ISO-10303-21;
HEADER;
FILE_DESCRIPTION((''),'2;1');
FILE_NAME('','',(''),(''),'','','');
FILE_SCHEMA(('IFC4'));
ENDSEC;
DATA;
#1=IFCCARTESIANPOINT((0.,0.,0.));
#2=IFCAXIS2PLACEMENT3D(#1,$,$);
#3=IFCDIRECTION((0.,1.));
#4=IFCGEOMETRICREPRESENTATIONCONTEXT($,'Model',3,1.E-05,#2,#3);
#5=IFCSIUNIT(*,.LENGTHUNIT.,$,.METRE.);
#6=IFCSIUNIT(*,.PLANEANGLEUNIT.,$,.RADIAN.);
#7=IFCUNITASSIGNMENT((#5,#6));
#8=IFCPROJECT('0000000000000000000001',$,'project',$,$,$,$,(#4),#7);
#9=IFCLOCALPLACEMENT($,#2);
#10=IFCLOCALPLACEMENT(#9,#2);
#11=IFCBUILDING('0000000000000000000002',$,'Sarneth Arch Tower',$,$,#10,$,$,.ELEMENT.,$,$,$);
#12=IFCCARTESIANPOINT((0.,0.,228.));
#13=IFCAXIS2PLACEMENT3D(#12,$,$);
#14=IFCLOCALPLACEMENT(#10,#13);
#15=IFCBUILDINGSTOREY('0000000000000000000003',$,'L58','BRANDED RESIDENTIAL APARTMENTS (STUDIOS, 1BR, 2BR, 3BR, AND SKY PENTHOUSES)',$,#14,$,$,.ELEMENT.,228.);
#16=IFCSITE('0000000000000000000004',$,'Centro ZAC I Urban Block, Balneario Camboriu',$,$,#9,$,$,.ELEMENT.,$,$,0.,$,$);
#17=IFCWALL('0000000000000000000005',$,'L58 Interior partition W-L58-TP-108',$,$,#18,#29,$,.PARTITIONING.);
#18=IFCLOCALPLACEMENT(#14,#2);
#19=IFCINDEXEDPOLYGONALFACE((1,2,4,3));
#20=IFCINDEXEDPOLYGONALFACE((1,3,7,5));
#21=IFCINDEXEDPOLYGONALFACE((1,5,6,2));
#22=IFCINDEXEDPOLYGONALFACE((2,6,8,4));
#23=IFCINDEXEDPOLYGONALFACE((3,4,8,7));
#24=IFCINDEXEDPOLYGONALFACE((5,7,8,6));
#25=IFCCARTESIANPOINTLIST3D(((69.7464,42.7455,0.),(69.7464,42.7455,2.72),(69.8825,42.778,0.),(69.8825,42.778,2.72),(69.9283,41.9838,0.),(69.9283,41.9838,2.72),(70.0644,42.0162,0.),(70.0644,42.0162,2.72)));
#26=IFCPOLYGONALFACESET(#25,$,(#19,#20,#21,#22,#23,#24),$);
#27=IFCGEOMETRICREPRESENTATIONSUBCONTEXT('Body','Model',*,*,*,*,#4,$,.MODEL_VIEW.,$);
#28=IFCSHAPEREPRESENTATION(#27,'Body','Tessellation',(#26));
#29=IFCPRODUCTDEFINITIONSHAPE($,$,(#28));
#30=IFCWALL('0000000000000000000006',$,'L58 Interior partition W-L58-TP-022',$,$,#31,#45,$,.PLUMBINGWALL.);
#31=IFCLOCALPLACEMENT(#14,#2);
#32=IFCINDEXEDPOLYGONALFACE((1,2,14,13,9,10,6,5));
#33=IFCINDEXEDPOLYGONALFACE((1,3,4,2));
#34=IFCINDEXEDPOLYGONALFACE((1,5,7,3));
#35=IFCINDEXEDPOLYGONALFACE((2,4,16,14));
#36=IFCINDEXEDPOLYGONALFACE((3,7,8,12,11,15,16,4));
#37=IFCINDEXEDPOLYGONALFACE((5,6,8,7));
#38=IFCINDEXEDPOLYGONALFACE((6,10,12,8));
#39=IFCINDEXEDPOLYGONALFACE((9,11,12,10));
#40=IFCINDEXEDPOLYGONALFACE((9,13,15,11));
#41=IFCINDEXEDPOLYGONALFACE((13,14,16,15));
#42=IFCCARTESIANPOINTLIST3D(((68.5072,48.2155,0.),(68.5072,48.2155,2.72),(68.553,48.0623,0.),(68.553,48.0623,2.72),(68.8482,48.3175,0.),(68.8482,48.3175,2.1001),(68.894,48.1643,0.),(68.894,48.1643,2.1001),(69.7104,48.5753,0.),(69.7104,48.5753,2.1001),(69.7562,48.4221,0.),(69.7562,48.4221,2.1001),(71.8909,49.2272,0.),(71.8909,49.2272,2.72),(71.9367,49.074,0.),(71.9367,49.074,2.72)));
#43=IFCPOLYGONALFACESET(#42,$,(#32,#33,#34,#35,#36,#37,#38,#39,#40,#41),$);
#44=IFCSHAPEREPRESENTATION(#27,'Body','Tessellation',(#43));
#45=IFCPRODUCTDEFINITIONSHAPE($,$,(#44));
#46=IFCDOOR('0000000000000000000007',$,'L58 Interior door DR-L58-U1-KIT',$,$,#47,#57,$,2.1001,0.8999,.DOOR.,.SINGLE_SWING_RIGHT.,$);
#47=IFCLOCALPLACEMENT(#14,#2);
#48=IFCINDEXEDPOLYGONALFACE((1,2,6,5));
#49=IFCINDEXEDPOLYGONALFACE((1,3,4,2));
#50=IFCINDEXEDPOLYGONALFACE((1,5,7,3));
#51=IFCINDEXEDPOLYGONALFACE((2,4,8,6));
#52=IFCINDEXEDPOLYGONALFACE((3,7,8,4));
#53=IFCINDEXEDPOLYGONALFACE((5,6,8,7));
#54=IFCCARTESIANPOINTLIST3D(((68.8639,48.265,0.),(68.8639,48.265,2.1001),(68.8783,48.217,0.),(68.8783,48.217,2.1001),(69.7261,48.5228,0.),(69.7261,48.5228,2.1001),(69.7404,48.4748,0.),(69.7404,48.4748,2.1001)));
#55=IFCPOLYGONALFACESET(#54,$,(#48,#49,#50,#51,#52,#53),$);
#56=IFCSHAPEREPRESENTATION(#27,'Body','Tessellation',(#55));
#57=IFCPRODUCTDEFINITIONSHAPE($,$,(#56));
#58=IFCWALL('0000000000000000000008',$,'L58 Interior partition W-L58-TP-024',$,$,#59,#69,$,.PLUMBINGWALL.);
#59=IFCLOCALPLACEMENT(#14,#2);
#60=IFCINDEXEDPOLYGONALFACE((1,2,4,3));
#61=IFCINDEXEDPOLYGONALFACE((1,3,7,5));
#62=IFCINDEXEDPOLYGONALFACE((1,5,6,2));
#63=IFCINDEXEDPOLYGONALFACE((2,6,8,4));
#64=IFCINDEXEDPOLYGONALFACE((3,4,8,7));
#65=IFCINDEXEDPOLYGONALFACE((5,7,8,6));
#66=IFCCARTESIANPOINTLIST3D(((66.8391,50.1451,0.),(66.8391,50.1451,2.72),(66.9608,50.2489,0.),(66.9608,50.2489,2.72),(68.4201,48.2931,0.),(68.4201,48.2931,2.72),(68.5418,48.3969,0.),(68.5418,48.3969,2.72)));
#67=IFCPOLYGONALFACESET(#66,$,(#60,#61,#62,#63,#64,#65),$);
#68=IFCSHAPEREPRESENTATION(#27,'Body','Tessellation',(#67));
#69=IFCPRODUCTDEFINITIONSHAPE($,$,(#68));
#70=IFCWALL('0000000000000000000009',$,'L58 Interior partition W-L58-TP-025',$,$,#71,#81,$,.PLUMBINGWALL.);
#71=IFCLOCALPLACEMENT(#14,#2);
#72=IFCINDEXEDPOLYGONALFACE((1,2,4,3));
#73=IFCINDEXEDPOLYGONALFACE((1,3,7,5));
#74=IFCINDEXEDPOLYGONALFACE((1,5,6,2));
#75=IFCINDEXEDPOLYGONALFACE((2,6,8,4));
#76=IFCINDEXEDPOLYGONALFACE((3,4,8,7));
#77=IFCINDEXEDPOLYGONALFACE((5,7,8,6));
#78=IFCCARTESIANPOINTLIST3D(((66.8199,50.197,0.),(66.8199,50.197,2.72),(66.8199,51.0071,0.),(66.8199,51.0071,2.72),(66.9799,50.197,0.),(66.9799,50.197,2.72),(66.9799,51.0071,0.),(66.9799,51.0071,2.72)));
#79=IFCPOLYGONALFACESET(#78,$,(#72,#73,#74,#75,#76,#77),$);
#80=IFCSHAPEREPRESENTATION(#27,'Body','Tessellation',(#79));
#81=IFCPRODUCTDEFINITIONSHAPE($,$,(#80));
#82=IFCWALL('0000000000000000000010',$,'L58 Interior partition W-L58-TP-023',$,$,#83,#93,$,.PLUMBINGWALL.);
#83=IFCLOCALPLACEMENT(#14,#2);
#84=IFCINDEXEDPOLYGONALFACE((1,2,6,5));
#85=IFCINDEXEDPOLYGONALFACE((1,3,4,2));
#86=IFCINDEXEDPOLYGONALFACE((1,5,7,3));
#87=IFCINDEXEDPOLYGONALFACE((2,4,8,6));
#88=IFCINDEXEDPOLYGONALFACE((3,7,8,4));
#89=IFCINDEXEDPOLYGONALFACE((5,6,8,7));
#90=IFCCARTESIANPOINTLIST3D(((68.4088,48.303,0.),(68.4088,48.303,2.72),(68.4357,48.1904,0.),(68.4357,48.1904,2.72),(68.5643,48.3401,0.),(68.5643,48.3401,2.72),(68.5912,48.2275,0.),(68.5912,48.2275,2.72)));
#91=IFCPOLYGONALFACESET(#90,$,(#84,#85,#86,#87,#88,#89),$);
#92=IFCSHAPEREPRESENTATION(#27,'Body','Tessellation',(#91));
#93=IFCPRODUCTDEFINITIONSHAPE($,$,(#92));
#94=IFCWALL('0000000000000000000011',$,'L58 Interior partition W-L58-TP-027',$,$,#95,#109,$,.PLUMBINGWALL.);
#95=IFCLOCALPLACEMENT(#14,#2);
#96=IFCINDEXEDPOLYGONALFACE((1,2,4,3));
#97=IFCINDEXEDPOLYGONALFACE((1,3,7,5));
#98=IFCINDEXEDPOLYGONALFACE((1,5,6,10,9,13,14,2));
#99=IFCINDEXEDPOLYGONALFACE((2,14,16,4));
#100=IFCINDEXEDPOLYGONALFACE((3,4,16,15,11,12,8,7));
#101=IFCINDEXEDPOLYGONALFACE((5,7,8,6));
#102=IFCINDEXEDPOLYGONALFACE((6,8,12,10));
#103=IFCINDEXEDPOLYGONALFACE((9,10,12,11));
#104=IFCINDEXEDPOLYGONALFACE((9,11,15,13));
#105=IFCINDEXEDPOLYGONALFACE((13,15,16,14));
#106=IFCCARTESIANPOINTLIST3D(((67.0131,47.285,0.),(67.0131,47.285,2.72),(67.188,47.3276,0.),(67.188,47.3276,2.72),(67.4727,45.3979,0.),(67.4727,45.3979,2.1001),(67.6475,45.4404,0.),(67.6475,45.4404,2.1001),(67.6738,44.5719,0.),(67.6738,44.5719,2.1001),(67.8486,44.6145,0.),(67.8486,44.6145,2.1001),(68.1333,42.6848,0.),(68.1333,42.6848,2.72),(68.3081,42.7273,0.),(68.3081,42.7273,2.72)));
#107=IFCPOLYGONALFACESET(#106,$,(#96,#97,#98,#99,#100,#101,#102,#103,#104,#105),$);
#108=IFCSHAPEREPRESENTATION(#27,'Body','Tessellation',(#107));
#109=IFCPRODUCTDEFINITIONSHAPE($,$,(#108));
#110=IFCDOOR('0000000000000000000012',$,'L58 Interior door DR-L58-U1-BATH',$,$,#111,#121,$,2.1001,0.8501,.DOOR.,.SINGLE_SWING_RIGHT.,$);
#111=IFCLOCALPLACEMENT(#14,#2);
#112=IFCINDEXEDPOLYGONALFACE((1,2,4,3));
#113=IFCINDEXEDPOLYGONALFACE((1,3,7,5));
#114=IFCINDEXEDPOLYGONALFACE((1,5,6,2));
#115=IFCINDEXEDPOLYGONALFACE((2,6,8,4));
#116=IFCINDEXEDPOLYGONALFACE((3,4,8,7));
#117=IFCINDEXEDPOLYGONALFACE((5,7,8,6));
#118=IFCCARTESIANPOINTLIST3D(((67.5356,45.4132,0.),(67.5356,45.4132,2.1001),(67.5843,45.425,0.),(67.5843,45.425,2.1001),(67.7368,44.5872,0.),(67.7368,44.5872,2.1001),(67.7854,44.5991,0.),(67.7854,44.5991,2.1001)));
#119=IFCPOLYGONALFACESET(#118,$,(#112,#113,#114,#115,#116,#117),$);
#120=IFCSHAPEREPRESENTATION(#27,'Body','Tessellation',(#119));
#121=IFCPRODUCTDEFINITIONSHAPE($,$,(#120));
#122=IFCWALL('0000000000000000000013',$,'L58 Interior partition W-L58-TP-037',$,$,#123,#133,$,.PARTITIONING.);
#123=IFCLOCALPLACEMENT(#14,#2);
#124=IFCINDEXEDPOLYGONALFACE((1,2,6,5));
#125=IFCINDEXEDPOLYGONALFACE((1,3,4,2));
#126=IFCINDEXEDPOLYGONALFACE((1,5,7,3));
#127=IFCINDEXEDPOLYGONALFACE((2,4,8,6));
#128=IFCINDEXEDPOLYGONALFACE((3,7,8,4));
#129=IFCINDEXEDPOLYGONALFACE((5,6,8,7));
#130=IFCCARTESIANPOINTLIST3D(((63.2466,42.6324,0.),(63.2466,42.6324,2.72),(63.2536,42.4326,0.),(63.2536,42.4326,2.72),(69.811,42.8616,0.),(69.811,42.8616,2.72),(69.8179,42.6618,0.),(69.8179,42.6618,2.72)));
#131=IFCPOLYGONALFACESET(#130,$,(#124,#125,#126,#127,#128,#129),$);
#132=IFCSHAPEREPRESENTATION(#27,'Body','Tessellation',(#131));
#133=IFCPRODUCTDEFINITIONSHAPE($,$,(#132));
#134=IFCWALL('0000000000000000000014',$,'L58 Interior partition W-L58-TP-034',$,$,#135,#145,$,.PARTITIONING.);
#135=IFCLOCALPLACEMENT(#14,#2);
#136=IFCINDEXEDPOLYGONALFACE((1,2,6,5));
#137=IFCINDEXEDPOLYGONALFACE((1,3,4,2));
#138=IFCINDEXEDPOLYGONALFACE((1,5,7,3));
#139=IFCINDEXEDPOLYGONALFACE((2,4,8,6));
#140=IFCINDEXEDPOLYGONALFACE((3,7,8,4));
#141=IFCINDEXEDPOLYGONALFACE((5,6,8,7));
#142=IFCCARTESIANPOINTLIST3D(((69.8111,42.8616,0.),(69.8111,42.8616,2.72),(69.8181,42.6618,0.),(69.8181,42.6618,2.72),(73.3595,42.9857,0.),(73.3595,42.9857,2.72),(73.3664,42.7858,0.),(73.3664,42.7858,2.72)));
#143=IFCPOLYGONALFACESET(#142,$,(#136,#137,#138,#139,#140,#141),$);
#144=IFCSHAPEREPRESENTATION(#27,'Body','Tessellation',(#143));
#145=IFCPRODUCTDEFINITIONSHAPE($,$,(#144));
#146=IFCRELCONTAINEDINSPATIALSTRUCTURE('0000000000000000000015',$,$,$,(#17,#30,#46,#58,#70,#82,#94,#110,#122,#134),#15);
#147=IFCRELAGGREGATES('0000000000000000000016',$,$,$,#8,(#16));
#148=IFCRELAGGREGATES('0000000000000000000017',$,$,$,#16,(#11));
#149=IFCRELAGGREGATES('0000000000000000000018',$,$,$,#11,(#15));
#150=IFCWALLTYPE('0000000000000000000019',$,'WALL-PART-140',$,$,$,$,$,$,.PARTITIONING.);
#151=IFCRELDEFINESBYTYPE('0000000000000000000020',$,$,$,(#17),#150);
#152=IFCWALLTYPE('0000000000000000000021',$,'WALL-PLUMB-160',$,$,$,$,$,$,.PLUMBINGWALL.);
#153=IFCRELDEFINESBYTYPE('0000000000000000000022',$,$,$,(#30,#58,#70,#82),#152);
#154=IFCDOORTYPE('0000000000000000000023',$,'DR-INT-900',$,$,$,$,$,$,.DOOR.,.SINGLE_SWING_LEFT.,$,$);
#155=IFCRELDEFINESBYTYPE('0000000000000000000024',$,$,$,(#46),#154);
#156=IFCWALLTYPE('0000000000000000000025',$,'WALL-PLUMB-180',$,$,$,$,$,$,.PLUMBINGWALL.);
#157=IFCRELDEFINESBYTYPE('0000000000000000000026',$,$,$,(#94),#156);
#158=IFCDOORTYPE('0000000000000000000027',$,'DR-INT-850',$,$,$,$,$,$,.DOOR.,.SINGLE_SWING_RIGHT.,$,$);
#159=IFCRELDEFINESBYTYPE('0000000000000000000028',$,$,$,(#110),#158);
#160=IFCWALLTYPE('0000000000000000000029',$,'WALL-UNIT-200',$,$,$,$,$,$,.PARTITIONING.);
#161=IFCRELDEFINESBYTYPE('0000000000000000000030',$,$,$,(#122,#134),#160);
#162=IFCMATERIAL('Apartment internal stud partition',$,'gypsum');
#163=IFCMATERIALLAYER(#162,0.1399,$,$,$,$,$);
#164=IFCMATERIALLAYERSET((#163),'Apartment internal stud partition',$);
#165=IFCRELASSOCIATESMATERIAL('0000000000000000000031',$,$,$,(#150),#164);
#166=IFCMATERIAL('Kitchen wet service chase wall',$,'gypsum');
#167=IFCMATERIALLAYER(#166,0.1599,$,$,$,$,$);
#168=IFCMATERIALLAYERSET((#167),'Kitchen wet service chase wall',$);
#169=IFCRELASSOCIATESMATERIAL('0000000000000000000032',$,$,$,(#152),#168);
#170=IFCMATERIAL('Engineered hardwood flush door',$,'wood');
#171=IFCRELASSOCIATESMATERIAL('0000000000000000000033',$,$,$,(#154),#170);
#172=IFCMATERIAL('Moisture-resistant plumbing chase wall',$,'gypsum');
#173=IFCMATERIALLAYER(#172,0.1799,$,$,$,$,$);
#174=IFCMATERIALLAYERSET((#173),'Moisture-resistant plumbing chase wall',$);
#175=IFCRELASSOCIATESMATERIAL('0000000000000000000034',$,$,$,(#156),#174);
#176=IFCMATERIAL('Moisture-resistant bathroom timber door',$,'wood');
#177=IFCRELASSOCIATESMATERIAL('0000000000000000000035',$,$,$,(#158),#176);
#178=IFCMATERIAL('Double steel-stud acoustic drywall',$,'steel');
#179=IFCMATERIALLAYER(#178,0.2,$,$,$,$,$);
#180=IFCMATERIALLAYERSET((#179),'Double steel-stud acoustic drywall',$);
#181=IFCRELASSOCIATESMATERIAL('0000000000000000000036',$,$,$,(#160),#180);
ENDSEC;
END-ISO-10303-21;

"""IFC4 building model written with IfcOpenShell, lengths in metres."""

from ifc_helpers import new_model, si_unit, direction, frame, frame_2d, origin, place, context, subcontext, project, spatial, rectangle, extrude, material, layer, layer_set, type_object, element, fill, save


model = new_model("IFC4")

# Units and contexts
model_context = context("Model", 3, precision=1e-05, world=origin(), true_north=direction((0.0, 1.0)))
body_context = subcontext(model_context, "Body", "Model", "MODEL_VIEW")
ifc_project = project(units=[si_unit("LENGTHUNIT", "METRE"), si_unit("PLANEANGLEUNIT", "RADIAN")], contexts=[model_context])

# Site, building, storey
site_placement = place(None, origin())
site = spatial("IfcSite", under=ifc_project, at=site_placement, Name="Centro ZAC I Urban Block, Balneario Camboriu", CompositionType="ELEMENT", RefElevation=0.0)
building_placement = place(site_placement, origin())
building = spatial("IfcBuilding", under=site, at=building_placement, Name="Sarneth Arch Tower", CompositionType="ELEMENT")
storey_placement = place(building_placement, frame((0.0, 0.0, 228.0)))
storey = spatial("IfcBuildingStorey", under=building, at=storey_placement, Name="L58", Description="BRANDED RESIDENTIAL APARTMENTS (STUDIOS, 1BR, 2BR, 3BR, AND SKY PENTHOUSES)", CompositionType="ELEMENT", Elevation=228.0)

# Wall
ifc_material_1 = material(Name="Apartment internal stud partition", Category="gypsum")
ifc_layer_1 = layer(ifc_material_1, 0.1399)
ifc_layer_set_1 = layer_set([ifc_layer_1], Name="Apartment internal stud partition")
wall_type_1 = type_object("IfcWallType", Name="WALL-PART-140", PredefinedType="PARTITIONING", material=ifc_layer_set_1)
wall_1_placement = place(storey_placement, frame((69.9963, 42.0, 0.0), z_axis=(0.0, 0.0, 1.0), x_axis=(-0.232253, 0.972655, 0.0)))
element("IfcWall", 1, at=wall_1_placement, inside=storey, type_object=wall_type_1, Name="L58 Interior partition W-L58-TP-108", PredefinedType="PARTITIONING", context=body_context, shape_type="SweptSolid", body=[
    extrude(rectangle(XDim=0.7832, YDim=0.1399, at=frame_2d((0.3916, 0.0))), origin(), (0.0, 0.0, 1.0), 2.72),
])

# Wall, opening, door
ifc_material_2 = material(Name="Kitchen wet service chase wall", Category="gypsum")
ifc_layer_2 = layer(ifc_material_2, 0.1599)
ifc_layer_set_2 = layer_set([ifc_layer_2], Name="Kitchen wet service chase wall")
wall_type_2 = type_object("IfcWallType", Name="WALL-PLUMB-160", PredefinedType="PLUMBINGWALL", material=ifc_layer_set_2)
wall_2_placement = place(storey_placement, frame((71.9138, 49.1506, 0.0), z_axis=(0.0, 0.0, 1.0), x_axis=(-0.958092, -0.28646, 0.0)))
wall_2 = element("IfcWall", 2, at=wall_2_placement, inside=storey, type_object=wall_type_2, Name="L58 Interior partition W-L58-TP-022", PredefinedType="PLUMBINGWALL", context=body_context, shape_type="SweptSolid", body=[
    extrude(rectangle(XDim=3.5317, YDim=0.1599, at=frame_2d((1.7659, 0.0))), origin(), (0.0, 0.0, 1.0), 2.72),
])
opening_1_placement = place(wall_2_placement, frame((2.2759, 0.0, 0.0)))
opening_1 = element("IfcOpeningElement", 3, at=opening_1_placement, cuts=wall_2, PredefinedType="OPENING", context=body_context, shape_type="SweptSolid", body=[
    extrude(rectangle(XDim=0.8999, YDim=2.1001, at=frame_2d((0.45, 1.05))), frame((0.0, 0.0898, 0.0), z_axis=(0.0, -1.0, 0.0), x_axis=(1.0, 0.0, 0.0)), (0.0, 0.0, 1.0), 0.1799),
])
ifc_material_3 = material(Name="Engineered hardwood flush door", Category="wood")
door_type_1 = type_object("IfcDoorType", Name="DR-INT-900", OperationType="SINGLE_SWING_LEFT", PredefinedType="DOOR", material=ifc_material_3)
door_1_placement = place(opening_1_placement, origin())
door_1 = element("IfcDoor", 4, at=door_1_placement, inside=storey, type_object=door_type_1, Name="L58 Interior door DR-L58-U1-KIT", OperationType="SINGLE_SWING_RIGHT", OverallHeight=2.1001, OverallWidth=0.8999, PredefinedType="DOOR", context=body_context, shape_type="SweptSolid", body=[
    extrude(rectangle(XDim=0.8999, YDim=2.1001, at=frame_2d((0.45, 1.05))), frame((0.0, 0.0249, 0.0), z_axis=(0.0, -1.0, 0.0), x_axis=(1.0, 0.0, 0.0)), (0.0, 0.0, 1.0), 0.05),
])
fill(opening_1, door_1)

# Walls
wall_3_placement = place(storey_placement, frame((68.481, 48.345, 0.0), z_axis=(0.0, 0.0, 1.0), x_axis=(-0.649271, 0.760557, 0.0)))
element("IfcWall", 5, at=wall_3_placement, inside=storey, type_object=wall_type_2, Name="L58 Interior partition W-L58-TP-024", PredefinedType="PLUMBINGWALL", context=body_context, shape_type="SweptSolid", body=[
    extrude(rectangle(XDim=2.4351, YDim=0.1599, at=frame_2d((1.2175, 0.0))), origin(), (0.0, 0.0, 1.0), 2.72),
])
wall_4_placement = place(storey_placement, frame((66.8999, 50.197, 0.0), z_axis=(0.0, 0.0, 1.0), x_axis=(0.0, 1.0, 0.0)))
element("IfcWall", 6, at=wall_4_placement, inside=storey, type_object=wall_type_2, Name="L58 Interior partition W-L58-TP-025", PredefinedType="PLUMBINGWALL", context=body_context, shape_type="SweptSolid", body=[
    extrude(rectangle(XDim=0.8101, YDim=0.1599, at=frame_2d((0.405, 0.0))), origin(), (0.0, 0.0, 1.0), 2.72),
])
wall_5_placement = place(storey_placement, frame((68.5134, 48.209, 0.0), z_axis=(0.0, 0.0, 1.0), x_axis=(-0.232096, 0.972693, 0.0)))
element("IfcWall", 7, at=wall_5_placement, inside=storey, type_object=wall_type_2, Name="L58 Interior partition W-L58-TP-023", PredefinedType="PLUMBINGWALL", context=body_context, shape_type="SweptSolid", body=[
    extrude(rectangle(XDim=0.1157, YDim=0.1599, at=frame_2d((0.0579, 0.0))), origin(), (0.0, 0.0, 1.0), 2.72),
])

# Wall, opening, door
ifc_material_4 = material(Name="Moisture-resistant plumbing chase wall", Category="gypsum")
ifc_layer_3 = layer(ifc_material_4, 0.1799)
ifc_layer_set_3 = layer_set([ifc_layer_3], Name="Moisture-resistant plumbing chase wall")
wall_type_3 = type_object("IfcWallType", Name="WALL-PLUMB-180", PredefinedType="PLUMBINGWALL", material=ifc_layer_set_3)
wall_6_placement = place(storey_placement, frame((67.1006, 47.3062, 0.0), z_axis=(0.0, 0.0, 1.0), x_axis=(0.236586, -0.971611, 0.0)))
wall_6 = element("IfcWall", 8, at=wall_6_placement, inside=storey, type_object=wall_type_3, Name="L58 Interior partition W-L58-TP-027", PredefinedType="PLUMBINGWALL", context=body_context, shape_type="SweptSolid", body=[
    extrude(rectangle(XDim=4.7346, YDim=0.1799, at=frame_2d((2.3672, 0.0))), origin(), (0.0, 0.0, 1.0), 2.72),
])
opening_2_placement = place(wall_6_placement, frame((1.9421, 0.0, 0.0)))
opening_2 = element("IfcOpeningElement", 9, at=opening_2_placement, cuts=wall_6, PredefinedType="OPENING", context=body_context, shape_type="SweptSolid", body=[
    extrude(rectangle(XDim=0.8501, YDim=2.1001, at=frame_2d((0.425, 1.05))), frame((0.0, 0.0999, 0.0), z_axis=(0.0, -1.0, 0.0), x_axis=(1.0, 0.0, 0.0)), (0.0, 0.0, 1.0), 0.2),
])
ifc_material_5 = material(Name="Moisture-resistant bathroom timber door", Category="wood")
door_type_2 = type_object("IfcDoorType", Name="DR-INT-850", OperationType="SINGLE_SWING_RIGHT", PredefinedType="DOOR", material=ifc_material_5)
door_2_placement = place(opening_2_placement, origin())
door_2 = element("IfcDoor", 10, at=door_2_placement, inside=storey, type_object=door_type_2, Name="L58 Interior door DR-L58-U1-BATH", OperationType="SINGLE_SWING_RIGHT", OverallHeight=2.1001, OverallWidth=0.8501, PredefinedType="DOOR", context=body_context, shape_type="SweptSolid", body=[
    extrude(rectangle(XDim=0.8501, YDim=2.1001, at=frame_2d((0.425, 1.05))), frame((0.0, 0.0249, 0.0), z_axis=(0.0, -1.0, 0.0), x_axis=(1.0, 0.0, 0.0)), (0.0, 0.0, 1.0), 0.05),
])
fill(opening_2, door_2)

# Walls
ifc_material_6 = material(Name="Double steel-stud acoustic drywall", Category="steel")
ifc_layer_4 = layer(ifc_material_6, 0.2)
ifc_layer_set_4 = layer_set([ifc_layer_4], Name="Double steel-stud acoustic drywall")
wall_type_4 = type_object("IfcWallType", Name="WALL-UNIT-200", PredefinedType="PARTITIONING", material=ifc_layer_set_4)
wall_7_placement = place(storey_placement, frame((69.8145, 42.7617, 0.0), z_axis=(0.0, 0.0, 1.0), x_axis=(-0.999391, -0.034901, 0.0)))
element("IfcWall", 11, at=wall_7_placement, inside=storey, type_object=wall_type_4, Name="L58 Interior partition W-L58-TP-037", PredefinedType="PARTITIONING", context=body_context, shape_type="SweptSolid", body=[
    extrude(rectangle(XDim=6.5684, YDim=0.2, at=frame_2d((3.2842, 0.0))), origin(), (0.0, 0.0, 1.0), 2.72),
])
wall_8_placement = place(storey_placement, frame((69.8145, 42.7617, 0.0), z_axis=(0.0, 0.0, 1.0), x_axis=(0.99939, 0.034931, 0.0)))
element("IfcWall", 12, at=wall_8_placement, inside=storey, type_object=wall_type_4, Name="L58 Interior partition W-L58-TP-034", PredefinedType="PARTITIONING", context=body_context, shape_type="SweptSolid", body=[
    extrude(rectangle(XDim=3.5505, YDim=0.2, at=frame_2d((1.7754, 0.0))), origin(), (0.0, 0.0, 1.0), 2.72),
])

save(model, "model.ifc")
